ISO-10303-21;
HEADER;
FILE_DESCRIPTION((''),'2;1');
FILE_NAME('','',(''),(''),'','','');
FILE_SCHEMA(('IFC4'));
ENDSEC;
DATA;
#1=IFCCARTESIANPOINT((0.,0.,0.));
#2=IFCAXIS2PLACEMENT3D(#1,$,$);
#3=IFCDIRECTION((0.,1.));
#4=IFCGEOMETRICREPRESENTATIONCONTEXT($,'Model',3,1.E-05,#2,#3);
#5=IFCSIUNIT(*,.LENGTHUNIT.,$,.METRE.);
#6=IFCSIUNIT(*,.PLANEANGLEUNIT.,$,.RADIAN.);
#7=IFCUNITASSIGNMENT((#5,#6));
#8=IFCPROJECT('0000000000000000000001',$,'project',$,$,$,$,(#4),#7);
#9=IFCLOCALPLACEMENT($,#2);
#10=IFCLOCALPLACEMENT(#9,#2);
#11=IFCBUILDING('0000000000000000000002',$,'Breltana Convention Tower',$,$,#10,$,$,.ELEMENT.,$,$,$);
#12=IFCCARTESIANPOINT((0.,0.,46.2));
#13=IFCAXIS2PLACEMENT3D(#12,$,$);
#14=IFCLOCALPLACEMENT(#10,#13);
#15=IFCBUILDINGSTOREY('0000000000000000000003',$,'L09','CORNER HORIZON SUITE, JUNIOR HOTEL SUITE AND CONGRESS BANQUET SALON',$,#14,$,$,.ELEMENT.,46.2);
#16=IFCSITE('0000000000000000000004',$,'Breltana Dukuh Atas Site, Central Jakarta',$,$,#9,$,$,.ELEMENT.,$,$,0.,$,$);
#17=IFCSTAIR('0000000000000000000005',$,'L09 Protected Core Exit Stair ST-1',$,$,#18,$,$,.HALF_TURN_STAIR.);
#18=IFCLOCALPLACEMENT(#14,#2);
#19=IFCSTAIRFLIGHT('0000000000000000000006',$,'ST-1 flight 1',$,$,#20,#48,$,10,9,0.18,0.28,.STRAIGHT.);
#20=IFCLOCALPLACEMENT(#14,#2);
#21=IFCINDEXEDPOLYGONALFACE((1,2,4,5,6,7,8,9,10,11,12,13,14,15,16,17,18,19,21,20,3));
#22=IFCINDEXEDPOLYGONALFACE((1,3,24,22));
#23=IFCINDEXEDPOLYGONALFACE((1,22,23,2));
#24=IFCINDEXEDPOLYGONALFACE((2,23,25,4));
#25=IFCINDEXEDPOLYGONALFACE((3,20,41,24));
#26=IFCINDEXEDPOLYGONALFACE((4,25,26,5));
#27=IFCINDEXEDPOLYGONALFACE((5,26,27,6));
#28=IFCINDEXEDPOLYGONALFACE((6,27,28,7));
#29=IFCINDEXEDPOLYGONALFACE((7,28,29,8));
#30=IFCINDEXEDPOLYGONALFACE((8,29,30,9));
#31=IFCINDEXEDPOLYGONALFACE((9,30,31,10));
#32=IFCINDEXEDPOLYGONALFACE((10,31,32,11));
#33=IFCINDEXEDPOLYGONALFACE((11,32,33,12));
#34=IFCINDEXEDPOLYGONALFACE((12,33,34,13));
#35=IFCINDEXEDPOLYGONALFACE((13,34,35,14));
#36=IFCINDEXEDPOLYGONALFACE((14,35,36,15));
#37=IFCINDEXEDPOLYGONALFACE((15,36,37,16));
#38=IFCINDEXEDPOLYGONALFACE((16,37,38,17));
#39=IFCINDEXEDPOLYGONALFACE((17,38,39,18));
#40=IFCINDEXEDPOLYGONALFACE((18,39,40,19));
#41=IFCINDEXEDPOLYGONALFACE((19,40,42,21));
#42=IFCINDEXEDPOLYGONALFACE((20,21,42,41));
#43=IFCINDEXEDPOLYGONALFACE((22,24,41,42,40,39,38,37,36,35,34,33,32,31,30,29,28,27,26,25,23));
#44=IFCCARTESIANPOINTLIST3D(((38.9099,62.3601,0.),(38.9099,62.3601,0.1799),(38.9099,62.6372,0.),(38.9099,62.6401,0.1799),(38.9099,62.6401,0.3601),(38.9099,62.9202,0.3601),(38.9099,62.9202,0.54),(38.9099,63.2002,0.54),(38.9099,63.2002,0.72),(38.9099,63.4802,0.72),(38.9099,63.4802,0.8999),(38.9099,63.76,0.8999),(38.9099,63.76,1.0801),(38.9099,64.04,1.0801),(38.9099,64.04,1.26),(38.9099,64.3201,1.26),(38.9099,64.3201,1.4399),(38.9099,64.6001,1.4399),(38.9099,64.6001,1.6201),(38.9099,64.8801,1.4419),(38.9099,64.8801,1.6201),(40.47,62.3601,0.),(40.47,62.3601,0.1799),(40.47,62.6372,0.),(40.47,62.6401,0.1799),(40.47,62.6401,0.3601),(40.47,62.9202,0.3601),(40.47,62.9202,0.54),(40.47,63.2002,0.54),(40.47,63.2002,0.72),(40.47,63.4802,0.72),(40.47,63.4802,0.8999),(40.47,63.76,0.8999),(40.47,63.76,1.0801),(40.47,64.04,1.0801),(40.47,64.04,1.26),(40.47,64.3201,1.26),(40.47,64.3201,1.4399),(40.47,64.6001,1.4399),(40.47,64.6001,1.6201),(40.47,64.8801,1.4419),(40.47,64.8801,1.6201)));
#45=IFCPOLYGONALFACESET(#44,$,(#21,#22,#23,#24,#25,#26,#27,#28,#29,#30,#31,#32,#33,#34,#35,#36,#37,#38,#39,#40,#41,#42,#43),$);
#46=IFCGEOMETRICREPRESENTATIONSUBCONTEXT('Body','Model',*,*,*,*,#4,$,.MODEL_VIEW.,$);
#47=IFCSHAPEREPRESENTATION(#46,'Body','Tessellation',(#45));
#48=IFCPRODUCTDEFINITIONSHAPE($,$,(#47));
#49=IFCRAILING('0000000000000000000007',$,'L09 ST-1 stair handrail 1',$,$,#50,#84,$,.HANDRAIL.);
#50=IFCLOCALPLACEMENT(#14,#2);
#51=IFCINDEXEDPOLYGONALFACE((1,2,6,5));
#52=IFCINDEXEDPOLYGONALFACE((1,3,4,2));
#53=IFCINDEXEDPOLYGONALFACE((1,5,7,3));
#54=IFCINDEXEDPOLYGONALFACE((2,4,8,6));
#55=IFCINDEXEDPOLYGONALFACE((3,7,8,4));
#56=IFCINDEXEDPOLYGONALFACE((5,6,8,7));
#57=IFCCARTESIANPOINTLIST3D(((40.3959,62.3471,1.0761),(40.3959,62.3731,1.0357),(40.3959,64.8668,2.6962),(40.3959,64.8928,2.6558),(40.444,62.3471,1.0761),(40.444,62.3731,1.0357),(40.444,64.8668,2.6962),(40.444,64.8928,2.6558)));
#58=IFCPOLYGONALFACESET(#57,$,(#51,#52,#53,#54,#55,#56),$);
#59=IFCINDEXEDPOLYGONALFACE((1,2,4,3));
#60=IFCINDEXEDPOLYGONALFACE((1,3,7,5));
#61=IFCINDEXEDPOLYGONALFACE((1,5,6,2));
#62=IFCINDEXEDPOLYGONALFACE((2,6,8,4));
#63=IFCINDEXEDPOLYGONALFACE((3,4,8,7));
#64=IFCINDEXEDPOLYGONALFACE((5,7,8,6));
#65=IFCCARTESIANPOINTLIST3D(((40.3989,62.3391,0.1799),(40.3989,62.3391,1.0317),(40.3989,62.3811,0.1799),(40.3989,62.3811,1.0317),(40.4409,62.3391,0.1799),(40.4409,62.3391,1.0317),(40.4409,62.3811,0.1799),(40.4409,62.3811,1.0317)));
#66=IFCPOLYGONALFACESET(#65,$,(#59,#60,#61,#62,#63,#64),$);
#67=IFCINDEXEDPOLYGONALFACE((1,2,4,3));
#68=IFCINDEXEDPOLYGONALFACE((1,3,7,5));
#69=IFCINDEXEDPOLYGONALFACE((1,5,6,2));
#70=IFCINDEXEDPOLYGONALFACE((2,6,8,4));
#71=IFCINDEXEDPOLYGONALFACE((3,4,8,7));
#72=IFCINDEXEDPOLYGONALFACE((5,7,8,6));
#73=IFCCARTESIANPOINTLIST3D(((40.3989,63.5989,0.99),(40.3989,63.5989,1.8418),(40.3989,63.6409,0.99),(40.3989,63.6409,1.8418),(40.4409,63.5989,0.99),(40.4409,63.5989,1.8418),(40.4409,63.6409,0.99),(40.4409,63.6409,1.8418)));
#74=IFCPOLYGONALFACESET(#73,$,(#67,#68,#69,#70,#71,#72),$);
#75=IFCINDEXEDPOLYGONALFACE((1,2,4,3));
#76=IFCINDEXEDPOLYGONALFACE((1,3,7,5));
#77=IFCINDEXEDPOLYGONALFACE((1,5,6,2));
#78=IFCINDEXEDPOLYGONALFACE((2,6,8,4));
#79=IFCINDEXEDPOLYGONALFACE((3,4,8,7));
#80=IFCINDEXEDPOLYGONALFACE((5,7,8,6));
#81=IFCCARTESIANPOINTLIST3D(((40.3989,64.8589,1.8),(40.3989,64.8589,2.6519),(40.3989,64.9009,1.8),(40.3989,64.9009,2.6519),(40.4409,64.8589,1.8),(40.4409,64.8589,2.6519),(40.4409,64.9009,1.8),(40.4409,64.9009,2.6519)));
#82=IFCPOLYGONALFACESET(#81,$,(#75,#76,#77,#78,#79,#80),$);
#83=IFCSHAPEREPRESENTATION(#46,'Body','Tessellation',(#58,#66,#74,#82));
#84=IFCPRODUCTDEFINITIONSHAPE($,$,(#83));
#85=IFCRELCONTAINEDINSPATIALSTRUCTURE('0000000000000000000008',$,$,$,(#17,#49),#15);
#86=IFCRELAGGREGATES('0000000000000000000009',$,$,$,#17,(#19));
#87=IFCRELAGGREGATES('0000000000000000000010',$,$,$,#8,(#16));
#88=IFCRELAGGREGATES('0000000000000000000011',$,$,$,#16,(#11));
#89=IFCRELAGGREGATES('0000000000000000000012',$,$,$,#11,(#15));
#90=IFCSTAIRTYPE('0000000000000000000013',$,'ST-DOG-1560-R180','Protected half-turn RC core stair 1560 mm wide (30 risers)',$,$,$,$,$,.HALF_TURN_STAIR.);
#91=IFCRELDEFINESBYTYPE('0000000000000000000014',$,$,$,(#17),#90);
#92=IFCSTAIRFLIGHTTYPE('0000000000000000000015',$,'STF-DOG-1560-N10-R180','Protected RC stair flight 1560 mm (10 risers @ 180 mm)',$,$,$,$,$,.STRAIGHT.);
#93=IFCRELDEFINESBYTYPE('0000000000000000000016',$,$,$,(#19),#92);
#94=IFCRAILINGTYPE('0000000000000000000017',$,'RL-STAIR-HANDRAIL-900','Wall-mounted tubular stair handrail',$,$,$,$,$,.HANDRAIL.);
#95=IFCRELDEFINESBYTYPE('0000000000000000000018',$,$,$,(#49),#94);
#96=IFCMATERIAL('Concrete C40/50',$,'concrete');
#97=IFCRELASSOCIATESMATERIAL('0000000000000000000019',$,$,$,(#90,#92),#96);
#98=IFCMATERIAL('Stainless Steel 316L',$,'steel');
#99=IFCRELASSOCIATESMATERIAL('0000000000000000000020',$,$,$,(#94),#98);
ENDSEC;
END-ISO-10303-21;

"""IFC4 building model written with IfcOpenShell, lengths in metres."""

from ifc_helpers import new_model, si_unit, direction, frame, origin, origin_2d, place, context, subcontext, project, spatial, polyline, rectangle, outline, extrude, material, type_object, element, aggregate, save


model = new_model("IFC4")

# Units and contexts
model_context = context("Model", 3, precision=1e-05, world=origin(), true_north=direction((0.0, 1.0)))
body_context = subcontext(model_context, "Body", "Model", "MODEL_VIEW")
ifc_project = project(units=[si_unit("LENGTHUNIT", "METRE"), si_unit("PLANEANGLEUNIT", "RADIAN")], contexts=[model_context])

# Site, building, storey
site_placement = place(None, origin())
site = spatial("IfcSite", under=ifc_project, at=site_placement, Name="Breltana Dukuh Atas Site, Central Jakarta", CompositionType="ELEMENT", RefElevation=0.0)
building_placement = place(site_placement, origin())
building = spatial("IfcBuilding", under=site, at=building_placement, Name="Breltana Convention Tower", CompositionType="ELEMENT")
storey_placement = place(building_placement, frame((0.0, 0.0, 46.2)))
storey = spatial("IfcBuildingStorey", under=building, at=storey_placement, Name="L09", Description="CORNER HORIZON SUITE, JUNIOR HOTEL SUITE AND CONGRESS BANQUET SALON", CompositionType="ELEMENT", Elevation=46.2)

# Stair, stair flight
ifc_material_1 = material(Name="Concrete C40/50", Category="concrete")
stair_type = type_object("IfcStairType", Name="ST-DOG-1560-R180", Description="Protected half-turn RC core stair 1560 mm wide (30 risers)", PredefinedType="HALF_TURN_STAIR", material=ifc_material_1)
stair_placement = place(storey_placement, origin())
stair = element("IfcStair", 1, at=stair_placement, inside=storey, type_object=stair_type, Name="L09 Protected Core Exit Stair ST-1", PredefinedType="HALF_TURN_STAIR")
stair_flight_type = type_object("IfcStairFlightType", Name="STF-DOG-1560-N10-R180", Description="Protected RC stair flight 1560 mm (10 risers @ 180 mm)", PredefinedType="STRAIGHT", material=ifc_material_1)
stair_flight_placement = place(storey_placement, frame((39.6899, 62.3601, 0.0), z_axis=(0.0, 0.0, 1.0), x_axis=(0.0, 1.0, 0.0)))
stair_flight = element("IfcStairFlight", 2, at=stair_flight_placement, type_object=stair_flight_type, Name="ST-1 flight 1", NumberOfRisers=10, NumberOfTreads=9, PredefinedType="STRAIGHT", RiserHeight=0.18, TreadLength=0.28, context=body_context, shape_type="SweptSolid", body=[
    extrude(outline(polyline([(0.0, 0.0), (0.0, 0.1799), (0.28, 0.1799), (0.28, 0.3601), (0.5601, 0.3601), (0.5601, 0.54), (0.8401, 0.54), (0.8401, 0.72), (1.1201, 0.72), (1.1201, 0.8999), (1.3999, 0.8999), (1.3999, 1.0801), (1.6799, 1.0801), (1.6799, 1.26), (1.96, 1.26), (1.96, 1.4399), (2.24, 1.4399), (2.24, 1.6201), (2.52, 1.6201), (2.52, 1.8), (2.52, 1.4419), (0.2771, 0.0), (0.0, 0.0)])), frame((0.0, 0.78, 0.0), z_axis=(0.0, -1.0, 0.0), x_axis=(1.0, 0.0, 0.0)), (0.0, 0.0, 1.0), 1.5601),
])
aggregate(stair, [stair_flight])

# Railing
ifc_material_2 = material(Name="Stainless Steel 316L", Category="steel")
railing_type = type_object("IfcRailingType", Name="RL-STAIR-HANDRAIL-900", Description="Wall-mounted tubular stair handrail", PredefinedType="HANDRAIL", material=ifc_material_2)
railing_placement = place(storey_placement, frame((40.4199, 62.3601, 0.1799)))
element("IfcRailing", 3, at=railing_placement, inside=storey, type_object=railing_type, Name="L09 ST-1 stair handrail 1", PredefinedType="HANDRAIL", context=body_context, shape_type="SweptSolid", body=[
    extrude(rectangle(XDim=0.0481, YDim=0.0481, at=origin_2d()), frame((0.0, 0.0, 0.876), z_axis=(0.0, 0.841139, 0.540819), x_axis=(-1.0, 0.0, 0.0)), (0.0, 0.0, 1.0), 2.9956),
    extrude(rectangle(XDim=0.042, YDim=0.042, at=origin_2d()), origin(), (0.0, 0.0, 1.0), 0.8518),
    extrude(rectangle(XDim=0.042, YDim=0.042, at=origin_2d()), frame((0.0, 1.2598, 0.8101)), (0.0, 0.0, 1.0), 0.8518),
    extrude(rectangle(XDim=0.042, YDim=0.042, at=origin_2d()), frame((0.0, 2.5198, 1.6201)), (0.0, 0.0, 1.0), 0.8518),
])

save(model, "model.ifc")
